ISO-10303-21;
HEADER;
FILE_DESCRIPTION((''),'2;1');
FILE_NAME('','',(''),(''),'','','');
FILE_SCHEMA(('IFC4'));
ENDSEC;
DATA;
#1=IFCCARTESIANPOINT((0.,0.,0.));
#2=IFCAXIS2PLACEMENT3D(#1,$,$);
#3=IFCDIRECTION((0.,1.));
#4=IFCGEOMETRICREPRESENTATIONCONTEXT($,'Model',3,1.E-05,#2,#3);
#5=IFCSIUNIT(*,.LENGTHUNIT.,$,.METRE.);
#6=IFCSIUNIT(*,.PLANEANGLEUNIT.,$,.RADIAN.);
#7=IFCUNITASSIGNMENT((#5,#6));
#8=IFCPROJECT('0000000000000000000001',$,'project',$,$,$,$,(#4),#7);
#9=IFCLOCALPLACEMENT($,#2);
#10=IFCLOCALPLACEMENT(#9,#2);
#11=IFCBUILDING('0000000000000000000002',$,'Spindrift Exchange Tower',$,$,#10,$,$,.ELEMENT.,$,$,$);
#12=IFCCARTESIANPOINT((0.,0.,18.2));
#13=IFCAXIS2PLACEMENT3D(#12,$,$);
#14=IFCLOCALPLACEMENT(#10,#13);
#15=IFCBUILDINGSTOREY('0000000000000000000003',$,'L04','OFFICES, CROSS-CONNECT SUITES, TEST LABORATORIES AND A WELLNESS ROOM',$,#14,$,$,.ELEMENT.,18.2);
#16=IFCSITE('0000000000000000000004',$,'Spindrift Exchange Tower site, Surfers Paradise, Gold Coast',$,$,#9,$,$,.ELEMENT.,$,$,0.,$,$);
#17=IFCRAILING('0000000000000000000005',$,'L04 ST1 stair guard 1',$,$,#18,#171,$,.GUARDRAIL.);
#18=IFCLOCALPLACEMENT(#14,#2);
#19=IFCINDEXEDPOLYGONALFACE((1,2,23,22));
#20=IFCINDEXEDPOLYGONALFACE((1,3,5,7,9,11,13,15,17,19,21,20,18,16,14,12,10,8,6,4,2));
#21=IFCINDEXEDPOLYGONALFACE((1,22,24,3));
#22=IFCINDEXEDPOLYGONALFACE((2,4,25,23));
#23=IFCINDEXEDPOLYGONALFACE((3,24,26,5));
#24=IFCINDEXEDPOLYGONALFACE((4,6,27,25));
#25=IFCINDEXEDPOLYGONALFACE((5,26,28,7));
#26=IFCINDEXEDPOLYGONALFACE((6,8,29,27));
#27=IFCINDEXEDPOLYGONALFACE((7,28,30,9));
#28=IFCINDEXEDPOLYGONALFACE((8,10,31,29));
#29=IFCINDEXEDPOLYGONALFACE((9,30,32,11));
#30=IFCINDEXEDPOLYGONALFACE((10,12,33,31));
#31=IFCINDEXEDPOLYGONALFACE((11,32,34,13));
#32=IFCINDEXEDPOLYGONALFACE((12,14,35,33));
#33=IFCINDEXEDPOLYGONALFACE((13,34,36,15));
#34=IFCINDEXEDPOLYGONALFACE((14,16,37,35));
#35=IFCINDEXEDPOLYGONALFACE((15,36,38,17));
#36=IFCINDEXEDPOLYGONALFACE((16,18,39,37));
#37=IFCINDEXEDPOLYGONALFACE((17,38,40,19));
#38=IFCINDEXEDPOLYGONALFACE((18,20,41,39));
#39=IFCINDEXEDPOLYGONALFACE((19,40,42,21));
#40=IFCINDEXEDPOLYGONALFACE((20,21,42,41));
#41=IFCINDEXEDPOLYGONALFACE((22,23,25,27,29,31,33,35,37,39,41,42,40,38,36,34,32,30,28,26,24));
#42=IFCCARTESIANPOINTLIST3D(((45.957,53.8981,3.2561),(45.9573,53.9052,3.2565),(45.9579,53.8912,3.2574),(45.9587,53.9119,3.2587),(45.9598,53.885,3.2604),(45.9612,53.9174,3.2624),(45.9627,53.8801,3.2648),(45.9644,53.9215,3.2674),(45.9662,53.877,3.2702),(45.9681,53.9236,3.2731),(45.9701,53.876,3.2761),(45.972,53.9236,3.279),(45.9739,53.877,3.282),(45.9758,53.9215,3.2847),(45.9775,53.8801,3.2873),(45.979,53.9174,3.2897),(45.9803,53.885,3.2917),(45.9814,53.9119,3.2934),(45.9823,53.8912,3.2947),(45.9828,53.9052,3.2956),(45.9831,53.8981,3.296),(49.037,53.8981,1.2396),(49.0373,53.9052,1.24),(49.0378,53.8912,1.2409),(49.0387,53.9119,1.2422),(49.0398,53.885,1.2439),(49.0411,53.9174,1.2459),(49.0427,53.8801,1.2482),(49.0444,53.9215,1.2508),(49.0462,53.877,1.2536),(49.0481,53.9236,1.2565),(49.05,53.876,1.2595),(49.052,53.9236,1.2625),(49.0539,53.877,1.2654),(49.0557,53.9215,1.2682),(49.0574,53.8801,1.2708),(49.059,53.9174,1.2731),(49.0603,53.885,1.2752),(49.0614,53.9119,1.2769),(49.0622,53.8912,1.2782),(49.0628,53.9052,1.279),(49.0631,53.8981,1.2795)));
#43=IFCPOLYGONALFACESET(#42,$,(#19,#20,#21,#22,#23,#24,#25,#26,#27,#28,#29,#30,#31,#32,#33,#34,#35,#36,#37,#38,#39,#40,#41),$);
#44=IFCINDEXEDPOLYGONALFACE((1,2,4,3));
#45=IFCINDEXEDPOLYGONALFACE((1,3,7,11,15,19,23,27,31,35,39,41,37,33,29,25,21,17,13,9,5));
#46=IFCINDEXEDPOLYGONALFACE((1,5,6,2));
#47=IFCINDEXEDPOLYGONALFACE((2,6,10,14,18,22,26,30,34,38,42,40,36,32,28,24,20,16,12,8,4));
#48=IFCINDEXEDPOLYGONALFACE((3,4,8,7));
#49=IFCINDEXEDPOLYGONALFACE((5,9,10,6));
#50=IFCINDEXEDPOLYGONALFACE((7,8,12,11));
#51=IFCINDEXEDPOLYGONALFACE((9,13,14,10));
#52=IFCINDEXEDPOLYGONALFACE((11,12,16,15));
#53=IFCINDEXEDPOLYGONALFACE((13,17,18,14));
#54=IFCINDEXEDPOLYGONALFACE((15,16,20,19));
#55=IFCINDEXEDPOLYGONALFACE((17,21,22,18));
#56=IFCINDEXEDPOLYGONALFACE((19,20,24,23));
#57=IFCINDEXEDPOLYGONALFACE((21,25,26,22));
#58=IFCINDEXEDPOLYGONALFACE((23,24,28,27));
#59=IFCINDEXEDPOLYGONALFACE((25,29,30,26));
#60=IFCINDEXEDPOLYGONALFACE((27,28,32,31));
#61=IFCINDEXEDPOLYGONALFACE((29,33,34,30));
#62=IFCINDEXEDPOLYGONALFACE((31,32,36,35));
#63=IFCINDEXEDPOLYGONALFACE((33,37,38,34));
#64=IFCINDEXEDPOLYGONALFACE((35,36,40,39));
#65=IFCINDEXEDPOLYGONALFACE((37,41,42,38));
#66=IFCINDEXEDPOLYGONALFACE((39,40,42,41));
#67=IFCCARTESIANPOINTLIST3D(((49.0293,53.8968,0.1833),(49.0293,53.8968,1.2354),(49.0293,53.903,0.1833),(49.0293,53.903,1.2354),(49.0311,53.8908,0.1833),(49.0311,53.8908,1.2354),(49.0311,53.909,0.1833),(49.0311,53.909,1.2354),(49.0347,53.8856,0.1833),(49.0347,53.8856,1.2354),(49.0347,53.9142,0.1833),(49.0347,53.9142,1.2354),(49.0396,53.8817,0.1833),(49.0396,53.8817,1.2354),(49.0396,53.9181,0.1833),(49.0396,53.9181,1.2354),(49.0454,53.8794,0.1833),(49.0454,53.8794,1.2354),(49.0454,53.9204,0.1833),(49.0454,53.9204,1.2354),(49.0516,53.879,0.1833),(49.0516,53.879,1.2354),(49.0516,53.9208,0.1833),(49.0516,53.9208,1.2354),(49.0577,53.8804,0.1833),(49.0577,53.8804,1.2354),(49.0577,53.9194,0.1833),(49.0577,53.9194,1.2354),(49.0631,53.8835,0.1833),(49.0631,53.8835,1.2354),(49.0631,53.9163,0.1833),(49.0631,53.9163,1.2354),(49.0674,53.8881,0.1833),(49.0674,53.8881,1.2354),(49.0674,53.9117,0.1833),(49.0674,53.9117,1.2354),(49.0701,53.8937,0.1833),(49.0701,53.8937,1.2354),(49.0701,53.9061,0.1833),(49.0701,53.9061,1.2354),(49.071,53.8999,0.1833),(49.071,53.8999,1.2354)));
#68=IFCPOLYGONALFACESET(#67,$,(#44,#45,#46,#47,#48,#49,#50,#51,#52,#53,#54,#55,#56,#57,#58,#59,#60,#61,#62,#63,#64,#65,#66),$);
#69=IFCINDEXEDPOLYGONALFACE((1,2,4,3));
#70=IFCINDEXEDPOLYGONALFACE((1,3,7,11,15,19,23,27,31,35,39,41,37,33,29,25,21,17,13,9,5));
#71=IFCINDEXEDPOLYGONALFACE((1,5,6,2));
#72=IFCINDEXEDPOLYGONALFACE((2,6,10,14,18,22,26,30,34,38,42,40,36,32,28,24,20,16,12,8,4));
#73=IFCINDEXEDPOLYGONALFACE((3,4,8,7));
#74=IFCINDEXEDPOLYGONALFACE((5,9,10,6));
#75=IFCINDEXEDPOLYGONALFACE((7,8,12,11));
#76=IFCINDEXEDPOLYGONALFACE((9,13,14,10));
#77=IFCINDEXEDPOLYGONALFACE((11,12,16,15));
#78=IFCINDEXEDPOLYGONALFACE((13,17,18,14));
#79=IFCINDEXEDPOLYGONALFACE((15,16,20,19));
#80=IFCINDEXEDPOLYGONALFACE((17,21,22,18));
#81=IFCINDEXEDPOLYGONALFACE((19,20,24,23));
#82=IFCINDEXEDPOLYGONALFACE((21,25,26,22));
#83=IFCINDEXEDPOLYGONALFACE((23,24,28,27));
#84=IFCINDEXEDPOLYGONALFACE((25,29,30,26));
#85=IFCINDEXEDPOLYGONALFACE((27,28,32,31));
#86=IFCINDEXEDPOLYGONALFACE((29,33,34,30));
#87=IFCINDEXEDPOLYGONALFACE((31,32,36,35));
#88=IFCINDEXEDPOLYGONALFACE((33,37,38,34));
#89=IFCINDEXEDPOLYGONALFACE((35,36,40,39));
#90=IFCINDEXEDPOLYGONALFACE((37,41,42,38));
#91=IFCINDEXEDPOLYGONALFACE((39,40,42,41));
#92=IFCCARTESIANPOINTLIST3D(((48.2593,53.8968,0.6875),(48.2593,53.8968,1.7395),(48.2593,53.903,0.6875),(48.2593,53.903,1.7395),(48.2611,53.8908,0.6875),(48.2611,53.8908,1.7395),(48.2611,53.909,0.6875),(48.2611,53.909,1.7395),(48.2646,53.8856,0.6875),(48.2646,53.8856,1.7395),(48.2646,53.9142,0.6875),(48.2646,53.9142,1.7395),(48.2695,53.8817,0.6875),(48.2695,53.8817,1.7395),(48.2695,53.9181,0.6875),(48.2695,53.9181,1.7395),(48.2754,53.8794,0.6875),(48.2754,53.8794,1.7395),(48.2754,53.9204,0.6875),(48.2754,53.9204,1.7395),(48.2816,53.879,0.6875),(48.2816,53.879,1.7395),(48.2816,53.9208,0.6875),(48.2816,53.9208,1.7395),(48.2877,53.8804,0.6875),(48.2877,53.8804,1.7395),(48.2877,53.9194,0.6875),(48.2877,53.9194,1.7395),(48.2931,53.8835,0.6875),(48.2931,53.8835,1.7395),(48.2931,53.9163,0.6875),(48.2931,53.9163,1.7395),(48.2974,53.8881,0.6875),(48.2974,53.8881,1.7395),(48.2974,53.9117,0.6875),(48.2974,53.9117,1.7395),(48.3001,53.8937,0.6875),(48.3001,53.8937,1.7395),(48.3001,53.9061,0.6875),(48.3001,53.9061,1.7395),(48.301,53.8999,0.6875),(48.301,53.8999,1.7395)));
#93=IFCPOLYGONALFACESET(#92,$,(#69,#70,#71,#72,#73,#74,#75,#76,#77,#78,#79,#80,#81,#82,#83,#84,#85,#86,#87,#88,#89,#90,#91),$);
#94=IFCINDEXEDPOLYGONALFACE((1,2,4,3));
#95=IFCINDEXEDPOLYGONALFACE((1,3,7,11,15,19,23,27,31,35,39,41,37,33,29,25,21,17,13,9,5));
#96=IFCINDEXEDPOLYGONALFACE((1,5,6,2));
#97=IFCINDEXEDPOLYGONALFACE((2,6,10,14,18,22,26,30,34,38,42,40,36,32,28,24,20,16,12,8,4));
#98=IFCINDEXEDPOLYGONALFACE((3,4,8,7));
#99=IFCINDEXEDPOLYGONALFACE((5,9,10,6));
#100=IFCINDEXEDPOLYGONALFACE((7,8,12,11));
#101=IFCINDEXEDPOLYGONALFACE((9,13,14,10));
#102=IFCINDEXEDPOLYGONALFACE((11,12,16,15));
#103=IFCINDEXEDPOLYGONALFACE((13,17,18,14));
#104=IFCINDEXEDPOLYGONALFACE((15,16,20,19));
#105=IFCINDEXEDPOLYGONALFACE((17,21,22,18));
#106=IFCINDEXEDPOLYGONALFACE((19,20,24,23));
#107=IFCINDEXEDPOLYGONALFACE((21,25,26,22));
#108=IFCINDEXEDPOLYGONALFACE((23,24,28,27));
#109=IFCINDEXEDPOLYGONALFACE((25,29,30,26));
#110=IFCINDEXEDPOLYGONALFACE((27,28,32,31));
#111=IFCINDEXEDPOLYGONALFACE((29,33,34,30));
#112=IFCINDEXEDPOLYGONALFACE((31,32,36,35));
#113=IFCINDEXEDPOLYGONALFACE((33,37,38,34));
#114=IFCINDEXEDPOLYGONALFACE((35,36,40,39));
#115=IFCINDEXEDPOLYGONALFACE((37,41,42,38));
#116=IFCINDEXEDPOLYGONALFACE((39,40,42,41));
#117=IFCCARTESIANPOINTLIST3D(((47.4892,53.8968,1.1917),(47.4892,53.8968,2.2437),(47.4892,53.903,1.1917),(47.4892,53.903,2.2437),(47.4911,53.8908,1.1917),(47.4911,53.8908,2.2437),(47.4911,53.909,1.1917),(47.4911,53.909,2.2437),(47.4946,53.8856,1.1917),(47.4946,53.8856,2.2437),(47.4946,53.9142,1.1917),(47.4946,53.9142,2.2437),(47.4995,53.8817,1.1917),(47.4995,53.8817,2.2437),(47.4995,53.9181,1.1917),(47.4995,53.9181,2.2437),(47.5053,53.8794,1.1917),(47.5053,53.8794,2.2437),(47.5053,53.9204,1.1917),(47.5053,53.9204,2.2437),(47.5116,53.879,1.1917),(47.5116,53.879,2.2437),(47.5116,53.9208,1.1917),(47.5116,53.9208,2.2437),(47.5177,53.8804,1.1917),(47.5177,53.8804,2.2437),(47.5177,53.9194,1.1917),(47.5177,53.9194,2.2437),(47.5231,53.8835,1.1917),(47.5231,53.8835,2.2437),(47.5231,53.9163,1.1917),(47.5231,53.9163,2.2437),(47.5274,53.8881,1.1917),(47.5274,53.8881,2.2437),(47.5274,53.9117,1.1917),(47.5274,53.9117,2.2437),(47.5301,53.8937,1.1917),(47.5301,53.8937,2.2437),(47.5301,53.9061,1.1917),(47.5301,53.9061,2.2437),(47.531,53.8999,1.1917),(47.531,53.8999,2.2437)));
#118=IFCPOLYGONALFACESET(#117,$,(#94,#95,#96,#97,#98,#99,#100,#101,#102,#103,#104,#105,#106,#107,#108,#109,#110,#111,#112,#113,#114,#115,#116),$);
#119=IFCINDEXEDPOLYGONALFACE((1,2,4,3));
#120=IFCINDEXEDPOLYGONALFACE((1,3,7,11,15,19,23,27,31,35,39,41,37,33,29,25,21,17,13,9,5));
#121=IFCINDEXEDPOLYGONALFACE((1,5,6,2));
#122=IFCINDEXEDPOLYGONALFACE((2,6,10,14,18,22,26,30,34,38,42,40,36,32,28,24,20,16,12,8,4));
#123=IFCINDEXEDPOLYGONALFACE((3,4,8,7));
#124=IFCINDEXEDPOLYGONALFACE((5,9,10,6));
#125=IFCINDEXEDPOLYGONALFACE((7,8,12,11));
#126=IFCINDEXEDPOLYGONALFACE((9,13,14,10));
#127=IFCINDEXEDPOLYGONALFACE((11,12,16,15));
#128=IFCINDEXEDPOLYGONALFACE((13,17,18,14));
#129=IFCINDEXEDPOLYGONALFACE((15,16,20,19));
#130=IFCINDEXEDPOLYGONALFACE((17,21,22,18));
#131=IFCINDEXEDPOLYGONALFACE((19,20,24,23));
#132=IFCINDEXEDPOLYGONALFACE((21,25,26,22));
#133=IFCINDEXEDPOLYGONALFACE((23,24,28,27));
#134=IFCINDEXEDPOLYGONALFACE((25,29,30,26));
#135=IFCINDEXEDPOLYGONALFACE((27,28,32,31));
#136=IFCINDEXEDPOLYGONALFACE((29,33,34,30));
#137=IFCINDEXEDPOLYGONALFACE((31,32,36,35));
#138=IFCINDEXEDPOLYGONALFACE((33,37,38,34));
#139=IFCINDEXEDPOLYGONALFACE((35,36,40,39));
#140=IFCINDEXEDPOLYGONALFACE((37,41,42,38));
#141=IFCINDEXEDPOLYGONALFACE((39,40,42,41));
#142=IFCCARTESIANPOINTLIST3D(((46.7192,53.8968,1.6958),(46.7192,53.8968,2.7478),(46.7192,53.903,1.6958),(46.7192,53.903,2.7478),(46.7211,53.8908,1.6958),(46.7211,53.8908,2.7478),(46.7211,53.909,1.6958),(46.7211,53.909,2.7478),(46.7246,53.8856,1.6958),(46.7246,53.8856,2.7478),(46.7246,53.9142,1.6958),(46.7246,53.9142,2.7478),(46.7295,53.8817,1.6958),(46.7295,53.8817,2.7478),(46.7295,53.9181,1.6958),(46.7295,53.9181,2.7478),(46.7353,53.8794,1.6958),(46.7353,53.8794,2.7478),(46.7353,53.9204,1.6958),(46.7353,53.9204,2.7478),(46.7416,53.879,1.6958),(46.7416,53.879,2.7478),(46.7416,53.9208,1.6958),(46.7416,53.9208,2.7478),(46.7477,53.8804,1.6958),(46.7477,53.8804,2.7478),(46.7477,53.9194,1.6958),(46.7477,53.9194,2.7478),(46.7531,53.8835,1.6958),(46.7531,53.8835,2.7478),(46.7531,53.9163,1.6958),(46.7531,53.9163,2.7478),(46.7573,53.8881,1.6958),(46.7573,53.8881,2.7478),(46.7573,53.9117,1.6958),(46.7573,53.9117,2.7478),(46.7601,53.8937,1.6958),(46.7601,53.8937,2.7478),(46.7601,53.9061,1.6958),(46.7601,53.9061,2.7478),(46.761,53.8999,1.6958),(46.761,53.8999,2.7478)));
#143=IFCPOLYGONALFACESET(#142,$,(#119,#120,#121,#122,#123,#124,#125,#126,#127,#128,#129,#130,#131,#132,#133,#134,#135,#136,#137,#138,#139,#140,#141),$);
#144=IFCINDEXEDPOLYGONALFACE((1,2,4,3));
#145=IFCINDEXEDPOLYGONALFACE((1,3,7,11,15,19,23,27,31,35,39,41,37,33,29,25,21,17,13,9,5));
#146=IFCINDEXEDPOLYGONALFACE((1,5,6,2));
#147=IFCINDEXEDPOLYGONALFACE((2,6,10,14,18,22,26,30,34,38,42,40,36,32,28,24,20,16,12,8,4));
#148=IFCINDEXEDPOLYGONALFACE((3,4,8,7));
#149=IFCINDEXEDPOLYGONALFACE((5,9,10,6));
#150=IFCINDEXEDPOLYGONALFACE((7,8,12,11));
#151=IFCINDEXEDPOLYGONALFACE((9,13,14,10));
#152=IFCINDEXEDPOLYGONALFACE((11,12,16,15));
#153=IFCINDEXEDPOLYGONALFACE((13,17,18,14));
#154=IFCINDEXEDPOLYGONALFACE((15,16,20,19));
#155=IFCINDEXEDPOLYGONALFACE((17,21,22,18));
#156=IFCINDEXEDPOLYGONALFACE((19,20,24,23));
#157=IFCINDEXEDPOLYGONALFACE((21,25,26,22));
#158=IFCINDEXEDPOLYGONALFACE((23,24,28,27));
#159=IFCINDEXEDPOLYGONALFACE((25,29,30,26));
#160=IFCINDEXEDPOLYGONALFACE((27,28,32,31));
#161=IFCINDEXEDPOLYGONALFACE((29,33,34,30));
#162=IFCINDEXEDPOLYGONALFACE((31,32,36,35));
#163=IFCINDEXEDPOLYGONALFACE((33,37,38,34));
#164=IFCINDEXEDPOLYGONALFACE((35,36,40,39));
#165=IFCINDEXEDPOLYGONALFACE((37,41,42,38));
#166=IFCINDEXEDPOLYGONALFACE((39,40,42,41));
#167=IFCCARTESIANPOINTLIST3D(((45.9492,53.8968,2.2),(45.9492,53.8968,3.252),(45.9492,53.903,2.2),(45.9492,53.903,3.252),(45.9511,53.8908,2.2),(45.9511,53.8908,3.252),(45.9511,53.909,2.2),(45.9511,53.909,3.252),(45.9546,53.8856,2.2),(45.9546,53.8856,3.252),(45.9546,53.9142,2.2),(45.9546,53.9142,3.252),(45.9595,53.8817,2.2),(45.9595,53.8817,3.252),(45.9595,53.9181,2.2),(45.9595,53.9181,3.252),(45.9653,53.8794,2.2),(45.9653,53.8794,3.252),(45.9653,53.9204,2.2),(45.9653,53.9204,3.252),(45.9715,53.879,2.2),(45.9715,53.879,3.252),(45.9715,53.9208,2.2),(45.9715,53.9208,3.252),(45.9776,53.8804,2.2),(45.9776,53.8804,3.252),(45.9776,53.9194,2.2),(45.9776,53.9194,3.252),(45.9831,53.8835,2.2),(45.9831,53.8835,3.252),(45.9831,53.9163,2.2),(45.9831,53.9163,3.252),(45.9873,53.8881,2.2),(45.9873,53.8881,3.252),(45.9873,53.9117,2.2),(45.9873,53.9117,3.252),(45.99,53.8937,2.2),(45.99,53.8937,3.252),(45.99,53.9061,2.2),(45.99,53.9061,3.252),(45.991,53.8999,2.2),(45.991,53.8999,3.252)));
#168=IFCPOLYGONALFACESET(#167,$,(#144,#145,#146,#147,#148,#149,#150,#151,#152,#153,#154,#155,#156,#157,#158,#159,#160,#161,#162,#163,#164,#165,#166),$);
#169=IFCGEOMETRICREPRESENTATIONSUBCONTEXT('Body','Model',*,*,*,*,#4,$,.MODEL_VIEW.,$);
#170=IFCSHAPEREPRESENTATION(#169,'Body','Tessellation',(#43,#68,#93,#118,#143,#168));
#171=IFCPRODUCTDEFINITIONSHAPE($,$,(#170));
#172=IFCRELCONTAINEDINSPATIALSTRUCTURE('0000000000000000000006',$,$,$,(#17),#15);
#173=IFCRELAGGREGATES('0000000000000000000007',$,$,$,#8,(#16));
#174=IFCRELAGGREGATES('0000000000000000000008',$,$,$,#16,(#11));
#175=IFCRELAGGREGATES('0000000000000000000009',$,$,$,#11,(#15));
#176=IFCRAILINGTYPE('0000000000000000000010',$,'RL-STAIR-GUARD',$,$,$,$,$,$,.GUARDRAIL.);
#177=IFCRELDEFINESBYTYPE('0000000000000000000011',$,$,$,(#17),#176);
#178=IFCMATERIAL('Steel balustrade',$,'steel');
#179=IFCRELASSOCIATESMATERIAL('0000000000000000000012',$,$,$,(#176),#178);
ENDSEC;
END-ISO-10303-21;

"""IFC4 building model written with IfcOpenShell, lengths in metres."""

from ifc_helpers import new_model, si_unit, direction, frame, origin, origin_2d, place, context, subcontext, project, spatial, circle, extrude, material, type_object, element, save


model = new_model("IFC4")

# Units and contexts
model_context = context("Model", 3, precision=1e-05, world=origin(), true_north=direction((0.0, 1.0)))
body_context = subcontext(model_context, "Body", "Model", "MODEL_VIEW")
ifc_project = project(units=[si_unit("LENGTHUNIT", "METRE"), si_unit("PLANEANGLEUNIT", "RADIAN")], contexts=[model_context])

# Site, building, storey
site_placement = place(None, origin())
site = spatial("IfcSite", under=ifc_project, at=site_placement, Name="Spindrift Exchange Tower site, Surfers Paradise, Gold Coast", CompositionType="ELEMENT", RefElevation=0.0)
building_placement = place(site_placement, origin())
building = spatial("IfcBuilding", under=site, at=building_placement, Name="Spindrift Exchange Tower", CompositionType="ELEMENT")
storey_placement = place(building_placement, frame((0.0, 0.0, 18.2)))
storey = spatial("IfcBuildingStorey", under=building, at=storey_placement, Name="L04", Description="OFFICES, CROSS-CONNECT SUITES, TEST LABORATORIES AND A WELLNESS ROOM", CompositionType="ELEMENT", Elevation=18.2)

# Railing
ifc_material_1 = material(Name="Steel balustrade", Category="steel")
railing_type_1 = type_object("IfcRailingType", Name="RL-STAIR-GUARD", PredefinedType="GUARDRAIL", material=ifc_material_1)
railing_1_placement = place(storey_placement, frame((49.05, 53.8999, 0.1833)))
element("IfcRailing", 1, at=railing_1_placement, inside=storey, type_object=railing_type_1, Name="L04 ST1 stair guard 1", PredefinedType="GUARDRAIL", context=body_context, shape_type="SweptSolid", body=[
    extrude(circle(Radius=0.0239, at=origin_2d()), frame((0.0, 0.0, 1.0762), z_axis=(-0.836633, 0.0, 0.547764), x_axis=(0.0, -1.0, 0.0)), (0.0, 0.0, 1.0), 3.6814),
    extrude(circle(Radius=0.021, at=origin_2d()), origin(), (0.0, 0.0, 1.0), 1.052),
    extrude(circle(Radius=0.021, at=origin_2d()), frame((-0.77, 0.0, 0.5042)), (0.0, 0.0, 1.0), 1.052),
    extrude(circle(Radius=0.021, at=origin_2d()), frame((-1.54, 0.0, 1.0083)), (0.0, 0.0, 1.0), 1.052),
    extrude(circle(Radius=0.021, at=origin_2d()), frame((-2.3101, 0.0, 1.5125)), (0.0, 0.0, 1.0), 1.052),
    extrude(circle(Radius=0.021, at=origin_2d()), frame((-3.0801, 0.0, 2.0166)), (0.0, 0.0, 1.0), 1.052),
])

save(model, "model.ifc")
